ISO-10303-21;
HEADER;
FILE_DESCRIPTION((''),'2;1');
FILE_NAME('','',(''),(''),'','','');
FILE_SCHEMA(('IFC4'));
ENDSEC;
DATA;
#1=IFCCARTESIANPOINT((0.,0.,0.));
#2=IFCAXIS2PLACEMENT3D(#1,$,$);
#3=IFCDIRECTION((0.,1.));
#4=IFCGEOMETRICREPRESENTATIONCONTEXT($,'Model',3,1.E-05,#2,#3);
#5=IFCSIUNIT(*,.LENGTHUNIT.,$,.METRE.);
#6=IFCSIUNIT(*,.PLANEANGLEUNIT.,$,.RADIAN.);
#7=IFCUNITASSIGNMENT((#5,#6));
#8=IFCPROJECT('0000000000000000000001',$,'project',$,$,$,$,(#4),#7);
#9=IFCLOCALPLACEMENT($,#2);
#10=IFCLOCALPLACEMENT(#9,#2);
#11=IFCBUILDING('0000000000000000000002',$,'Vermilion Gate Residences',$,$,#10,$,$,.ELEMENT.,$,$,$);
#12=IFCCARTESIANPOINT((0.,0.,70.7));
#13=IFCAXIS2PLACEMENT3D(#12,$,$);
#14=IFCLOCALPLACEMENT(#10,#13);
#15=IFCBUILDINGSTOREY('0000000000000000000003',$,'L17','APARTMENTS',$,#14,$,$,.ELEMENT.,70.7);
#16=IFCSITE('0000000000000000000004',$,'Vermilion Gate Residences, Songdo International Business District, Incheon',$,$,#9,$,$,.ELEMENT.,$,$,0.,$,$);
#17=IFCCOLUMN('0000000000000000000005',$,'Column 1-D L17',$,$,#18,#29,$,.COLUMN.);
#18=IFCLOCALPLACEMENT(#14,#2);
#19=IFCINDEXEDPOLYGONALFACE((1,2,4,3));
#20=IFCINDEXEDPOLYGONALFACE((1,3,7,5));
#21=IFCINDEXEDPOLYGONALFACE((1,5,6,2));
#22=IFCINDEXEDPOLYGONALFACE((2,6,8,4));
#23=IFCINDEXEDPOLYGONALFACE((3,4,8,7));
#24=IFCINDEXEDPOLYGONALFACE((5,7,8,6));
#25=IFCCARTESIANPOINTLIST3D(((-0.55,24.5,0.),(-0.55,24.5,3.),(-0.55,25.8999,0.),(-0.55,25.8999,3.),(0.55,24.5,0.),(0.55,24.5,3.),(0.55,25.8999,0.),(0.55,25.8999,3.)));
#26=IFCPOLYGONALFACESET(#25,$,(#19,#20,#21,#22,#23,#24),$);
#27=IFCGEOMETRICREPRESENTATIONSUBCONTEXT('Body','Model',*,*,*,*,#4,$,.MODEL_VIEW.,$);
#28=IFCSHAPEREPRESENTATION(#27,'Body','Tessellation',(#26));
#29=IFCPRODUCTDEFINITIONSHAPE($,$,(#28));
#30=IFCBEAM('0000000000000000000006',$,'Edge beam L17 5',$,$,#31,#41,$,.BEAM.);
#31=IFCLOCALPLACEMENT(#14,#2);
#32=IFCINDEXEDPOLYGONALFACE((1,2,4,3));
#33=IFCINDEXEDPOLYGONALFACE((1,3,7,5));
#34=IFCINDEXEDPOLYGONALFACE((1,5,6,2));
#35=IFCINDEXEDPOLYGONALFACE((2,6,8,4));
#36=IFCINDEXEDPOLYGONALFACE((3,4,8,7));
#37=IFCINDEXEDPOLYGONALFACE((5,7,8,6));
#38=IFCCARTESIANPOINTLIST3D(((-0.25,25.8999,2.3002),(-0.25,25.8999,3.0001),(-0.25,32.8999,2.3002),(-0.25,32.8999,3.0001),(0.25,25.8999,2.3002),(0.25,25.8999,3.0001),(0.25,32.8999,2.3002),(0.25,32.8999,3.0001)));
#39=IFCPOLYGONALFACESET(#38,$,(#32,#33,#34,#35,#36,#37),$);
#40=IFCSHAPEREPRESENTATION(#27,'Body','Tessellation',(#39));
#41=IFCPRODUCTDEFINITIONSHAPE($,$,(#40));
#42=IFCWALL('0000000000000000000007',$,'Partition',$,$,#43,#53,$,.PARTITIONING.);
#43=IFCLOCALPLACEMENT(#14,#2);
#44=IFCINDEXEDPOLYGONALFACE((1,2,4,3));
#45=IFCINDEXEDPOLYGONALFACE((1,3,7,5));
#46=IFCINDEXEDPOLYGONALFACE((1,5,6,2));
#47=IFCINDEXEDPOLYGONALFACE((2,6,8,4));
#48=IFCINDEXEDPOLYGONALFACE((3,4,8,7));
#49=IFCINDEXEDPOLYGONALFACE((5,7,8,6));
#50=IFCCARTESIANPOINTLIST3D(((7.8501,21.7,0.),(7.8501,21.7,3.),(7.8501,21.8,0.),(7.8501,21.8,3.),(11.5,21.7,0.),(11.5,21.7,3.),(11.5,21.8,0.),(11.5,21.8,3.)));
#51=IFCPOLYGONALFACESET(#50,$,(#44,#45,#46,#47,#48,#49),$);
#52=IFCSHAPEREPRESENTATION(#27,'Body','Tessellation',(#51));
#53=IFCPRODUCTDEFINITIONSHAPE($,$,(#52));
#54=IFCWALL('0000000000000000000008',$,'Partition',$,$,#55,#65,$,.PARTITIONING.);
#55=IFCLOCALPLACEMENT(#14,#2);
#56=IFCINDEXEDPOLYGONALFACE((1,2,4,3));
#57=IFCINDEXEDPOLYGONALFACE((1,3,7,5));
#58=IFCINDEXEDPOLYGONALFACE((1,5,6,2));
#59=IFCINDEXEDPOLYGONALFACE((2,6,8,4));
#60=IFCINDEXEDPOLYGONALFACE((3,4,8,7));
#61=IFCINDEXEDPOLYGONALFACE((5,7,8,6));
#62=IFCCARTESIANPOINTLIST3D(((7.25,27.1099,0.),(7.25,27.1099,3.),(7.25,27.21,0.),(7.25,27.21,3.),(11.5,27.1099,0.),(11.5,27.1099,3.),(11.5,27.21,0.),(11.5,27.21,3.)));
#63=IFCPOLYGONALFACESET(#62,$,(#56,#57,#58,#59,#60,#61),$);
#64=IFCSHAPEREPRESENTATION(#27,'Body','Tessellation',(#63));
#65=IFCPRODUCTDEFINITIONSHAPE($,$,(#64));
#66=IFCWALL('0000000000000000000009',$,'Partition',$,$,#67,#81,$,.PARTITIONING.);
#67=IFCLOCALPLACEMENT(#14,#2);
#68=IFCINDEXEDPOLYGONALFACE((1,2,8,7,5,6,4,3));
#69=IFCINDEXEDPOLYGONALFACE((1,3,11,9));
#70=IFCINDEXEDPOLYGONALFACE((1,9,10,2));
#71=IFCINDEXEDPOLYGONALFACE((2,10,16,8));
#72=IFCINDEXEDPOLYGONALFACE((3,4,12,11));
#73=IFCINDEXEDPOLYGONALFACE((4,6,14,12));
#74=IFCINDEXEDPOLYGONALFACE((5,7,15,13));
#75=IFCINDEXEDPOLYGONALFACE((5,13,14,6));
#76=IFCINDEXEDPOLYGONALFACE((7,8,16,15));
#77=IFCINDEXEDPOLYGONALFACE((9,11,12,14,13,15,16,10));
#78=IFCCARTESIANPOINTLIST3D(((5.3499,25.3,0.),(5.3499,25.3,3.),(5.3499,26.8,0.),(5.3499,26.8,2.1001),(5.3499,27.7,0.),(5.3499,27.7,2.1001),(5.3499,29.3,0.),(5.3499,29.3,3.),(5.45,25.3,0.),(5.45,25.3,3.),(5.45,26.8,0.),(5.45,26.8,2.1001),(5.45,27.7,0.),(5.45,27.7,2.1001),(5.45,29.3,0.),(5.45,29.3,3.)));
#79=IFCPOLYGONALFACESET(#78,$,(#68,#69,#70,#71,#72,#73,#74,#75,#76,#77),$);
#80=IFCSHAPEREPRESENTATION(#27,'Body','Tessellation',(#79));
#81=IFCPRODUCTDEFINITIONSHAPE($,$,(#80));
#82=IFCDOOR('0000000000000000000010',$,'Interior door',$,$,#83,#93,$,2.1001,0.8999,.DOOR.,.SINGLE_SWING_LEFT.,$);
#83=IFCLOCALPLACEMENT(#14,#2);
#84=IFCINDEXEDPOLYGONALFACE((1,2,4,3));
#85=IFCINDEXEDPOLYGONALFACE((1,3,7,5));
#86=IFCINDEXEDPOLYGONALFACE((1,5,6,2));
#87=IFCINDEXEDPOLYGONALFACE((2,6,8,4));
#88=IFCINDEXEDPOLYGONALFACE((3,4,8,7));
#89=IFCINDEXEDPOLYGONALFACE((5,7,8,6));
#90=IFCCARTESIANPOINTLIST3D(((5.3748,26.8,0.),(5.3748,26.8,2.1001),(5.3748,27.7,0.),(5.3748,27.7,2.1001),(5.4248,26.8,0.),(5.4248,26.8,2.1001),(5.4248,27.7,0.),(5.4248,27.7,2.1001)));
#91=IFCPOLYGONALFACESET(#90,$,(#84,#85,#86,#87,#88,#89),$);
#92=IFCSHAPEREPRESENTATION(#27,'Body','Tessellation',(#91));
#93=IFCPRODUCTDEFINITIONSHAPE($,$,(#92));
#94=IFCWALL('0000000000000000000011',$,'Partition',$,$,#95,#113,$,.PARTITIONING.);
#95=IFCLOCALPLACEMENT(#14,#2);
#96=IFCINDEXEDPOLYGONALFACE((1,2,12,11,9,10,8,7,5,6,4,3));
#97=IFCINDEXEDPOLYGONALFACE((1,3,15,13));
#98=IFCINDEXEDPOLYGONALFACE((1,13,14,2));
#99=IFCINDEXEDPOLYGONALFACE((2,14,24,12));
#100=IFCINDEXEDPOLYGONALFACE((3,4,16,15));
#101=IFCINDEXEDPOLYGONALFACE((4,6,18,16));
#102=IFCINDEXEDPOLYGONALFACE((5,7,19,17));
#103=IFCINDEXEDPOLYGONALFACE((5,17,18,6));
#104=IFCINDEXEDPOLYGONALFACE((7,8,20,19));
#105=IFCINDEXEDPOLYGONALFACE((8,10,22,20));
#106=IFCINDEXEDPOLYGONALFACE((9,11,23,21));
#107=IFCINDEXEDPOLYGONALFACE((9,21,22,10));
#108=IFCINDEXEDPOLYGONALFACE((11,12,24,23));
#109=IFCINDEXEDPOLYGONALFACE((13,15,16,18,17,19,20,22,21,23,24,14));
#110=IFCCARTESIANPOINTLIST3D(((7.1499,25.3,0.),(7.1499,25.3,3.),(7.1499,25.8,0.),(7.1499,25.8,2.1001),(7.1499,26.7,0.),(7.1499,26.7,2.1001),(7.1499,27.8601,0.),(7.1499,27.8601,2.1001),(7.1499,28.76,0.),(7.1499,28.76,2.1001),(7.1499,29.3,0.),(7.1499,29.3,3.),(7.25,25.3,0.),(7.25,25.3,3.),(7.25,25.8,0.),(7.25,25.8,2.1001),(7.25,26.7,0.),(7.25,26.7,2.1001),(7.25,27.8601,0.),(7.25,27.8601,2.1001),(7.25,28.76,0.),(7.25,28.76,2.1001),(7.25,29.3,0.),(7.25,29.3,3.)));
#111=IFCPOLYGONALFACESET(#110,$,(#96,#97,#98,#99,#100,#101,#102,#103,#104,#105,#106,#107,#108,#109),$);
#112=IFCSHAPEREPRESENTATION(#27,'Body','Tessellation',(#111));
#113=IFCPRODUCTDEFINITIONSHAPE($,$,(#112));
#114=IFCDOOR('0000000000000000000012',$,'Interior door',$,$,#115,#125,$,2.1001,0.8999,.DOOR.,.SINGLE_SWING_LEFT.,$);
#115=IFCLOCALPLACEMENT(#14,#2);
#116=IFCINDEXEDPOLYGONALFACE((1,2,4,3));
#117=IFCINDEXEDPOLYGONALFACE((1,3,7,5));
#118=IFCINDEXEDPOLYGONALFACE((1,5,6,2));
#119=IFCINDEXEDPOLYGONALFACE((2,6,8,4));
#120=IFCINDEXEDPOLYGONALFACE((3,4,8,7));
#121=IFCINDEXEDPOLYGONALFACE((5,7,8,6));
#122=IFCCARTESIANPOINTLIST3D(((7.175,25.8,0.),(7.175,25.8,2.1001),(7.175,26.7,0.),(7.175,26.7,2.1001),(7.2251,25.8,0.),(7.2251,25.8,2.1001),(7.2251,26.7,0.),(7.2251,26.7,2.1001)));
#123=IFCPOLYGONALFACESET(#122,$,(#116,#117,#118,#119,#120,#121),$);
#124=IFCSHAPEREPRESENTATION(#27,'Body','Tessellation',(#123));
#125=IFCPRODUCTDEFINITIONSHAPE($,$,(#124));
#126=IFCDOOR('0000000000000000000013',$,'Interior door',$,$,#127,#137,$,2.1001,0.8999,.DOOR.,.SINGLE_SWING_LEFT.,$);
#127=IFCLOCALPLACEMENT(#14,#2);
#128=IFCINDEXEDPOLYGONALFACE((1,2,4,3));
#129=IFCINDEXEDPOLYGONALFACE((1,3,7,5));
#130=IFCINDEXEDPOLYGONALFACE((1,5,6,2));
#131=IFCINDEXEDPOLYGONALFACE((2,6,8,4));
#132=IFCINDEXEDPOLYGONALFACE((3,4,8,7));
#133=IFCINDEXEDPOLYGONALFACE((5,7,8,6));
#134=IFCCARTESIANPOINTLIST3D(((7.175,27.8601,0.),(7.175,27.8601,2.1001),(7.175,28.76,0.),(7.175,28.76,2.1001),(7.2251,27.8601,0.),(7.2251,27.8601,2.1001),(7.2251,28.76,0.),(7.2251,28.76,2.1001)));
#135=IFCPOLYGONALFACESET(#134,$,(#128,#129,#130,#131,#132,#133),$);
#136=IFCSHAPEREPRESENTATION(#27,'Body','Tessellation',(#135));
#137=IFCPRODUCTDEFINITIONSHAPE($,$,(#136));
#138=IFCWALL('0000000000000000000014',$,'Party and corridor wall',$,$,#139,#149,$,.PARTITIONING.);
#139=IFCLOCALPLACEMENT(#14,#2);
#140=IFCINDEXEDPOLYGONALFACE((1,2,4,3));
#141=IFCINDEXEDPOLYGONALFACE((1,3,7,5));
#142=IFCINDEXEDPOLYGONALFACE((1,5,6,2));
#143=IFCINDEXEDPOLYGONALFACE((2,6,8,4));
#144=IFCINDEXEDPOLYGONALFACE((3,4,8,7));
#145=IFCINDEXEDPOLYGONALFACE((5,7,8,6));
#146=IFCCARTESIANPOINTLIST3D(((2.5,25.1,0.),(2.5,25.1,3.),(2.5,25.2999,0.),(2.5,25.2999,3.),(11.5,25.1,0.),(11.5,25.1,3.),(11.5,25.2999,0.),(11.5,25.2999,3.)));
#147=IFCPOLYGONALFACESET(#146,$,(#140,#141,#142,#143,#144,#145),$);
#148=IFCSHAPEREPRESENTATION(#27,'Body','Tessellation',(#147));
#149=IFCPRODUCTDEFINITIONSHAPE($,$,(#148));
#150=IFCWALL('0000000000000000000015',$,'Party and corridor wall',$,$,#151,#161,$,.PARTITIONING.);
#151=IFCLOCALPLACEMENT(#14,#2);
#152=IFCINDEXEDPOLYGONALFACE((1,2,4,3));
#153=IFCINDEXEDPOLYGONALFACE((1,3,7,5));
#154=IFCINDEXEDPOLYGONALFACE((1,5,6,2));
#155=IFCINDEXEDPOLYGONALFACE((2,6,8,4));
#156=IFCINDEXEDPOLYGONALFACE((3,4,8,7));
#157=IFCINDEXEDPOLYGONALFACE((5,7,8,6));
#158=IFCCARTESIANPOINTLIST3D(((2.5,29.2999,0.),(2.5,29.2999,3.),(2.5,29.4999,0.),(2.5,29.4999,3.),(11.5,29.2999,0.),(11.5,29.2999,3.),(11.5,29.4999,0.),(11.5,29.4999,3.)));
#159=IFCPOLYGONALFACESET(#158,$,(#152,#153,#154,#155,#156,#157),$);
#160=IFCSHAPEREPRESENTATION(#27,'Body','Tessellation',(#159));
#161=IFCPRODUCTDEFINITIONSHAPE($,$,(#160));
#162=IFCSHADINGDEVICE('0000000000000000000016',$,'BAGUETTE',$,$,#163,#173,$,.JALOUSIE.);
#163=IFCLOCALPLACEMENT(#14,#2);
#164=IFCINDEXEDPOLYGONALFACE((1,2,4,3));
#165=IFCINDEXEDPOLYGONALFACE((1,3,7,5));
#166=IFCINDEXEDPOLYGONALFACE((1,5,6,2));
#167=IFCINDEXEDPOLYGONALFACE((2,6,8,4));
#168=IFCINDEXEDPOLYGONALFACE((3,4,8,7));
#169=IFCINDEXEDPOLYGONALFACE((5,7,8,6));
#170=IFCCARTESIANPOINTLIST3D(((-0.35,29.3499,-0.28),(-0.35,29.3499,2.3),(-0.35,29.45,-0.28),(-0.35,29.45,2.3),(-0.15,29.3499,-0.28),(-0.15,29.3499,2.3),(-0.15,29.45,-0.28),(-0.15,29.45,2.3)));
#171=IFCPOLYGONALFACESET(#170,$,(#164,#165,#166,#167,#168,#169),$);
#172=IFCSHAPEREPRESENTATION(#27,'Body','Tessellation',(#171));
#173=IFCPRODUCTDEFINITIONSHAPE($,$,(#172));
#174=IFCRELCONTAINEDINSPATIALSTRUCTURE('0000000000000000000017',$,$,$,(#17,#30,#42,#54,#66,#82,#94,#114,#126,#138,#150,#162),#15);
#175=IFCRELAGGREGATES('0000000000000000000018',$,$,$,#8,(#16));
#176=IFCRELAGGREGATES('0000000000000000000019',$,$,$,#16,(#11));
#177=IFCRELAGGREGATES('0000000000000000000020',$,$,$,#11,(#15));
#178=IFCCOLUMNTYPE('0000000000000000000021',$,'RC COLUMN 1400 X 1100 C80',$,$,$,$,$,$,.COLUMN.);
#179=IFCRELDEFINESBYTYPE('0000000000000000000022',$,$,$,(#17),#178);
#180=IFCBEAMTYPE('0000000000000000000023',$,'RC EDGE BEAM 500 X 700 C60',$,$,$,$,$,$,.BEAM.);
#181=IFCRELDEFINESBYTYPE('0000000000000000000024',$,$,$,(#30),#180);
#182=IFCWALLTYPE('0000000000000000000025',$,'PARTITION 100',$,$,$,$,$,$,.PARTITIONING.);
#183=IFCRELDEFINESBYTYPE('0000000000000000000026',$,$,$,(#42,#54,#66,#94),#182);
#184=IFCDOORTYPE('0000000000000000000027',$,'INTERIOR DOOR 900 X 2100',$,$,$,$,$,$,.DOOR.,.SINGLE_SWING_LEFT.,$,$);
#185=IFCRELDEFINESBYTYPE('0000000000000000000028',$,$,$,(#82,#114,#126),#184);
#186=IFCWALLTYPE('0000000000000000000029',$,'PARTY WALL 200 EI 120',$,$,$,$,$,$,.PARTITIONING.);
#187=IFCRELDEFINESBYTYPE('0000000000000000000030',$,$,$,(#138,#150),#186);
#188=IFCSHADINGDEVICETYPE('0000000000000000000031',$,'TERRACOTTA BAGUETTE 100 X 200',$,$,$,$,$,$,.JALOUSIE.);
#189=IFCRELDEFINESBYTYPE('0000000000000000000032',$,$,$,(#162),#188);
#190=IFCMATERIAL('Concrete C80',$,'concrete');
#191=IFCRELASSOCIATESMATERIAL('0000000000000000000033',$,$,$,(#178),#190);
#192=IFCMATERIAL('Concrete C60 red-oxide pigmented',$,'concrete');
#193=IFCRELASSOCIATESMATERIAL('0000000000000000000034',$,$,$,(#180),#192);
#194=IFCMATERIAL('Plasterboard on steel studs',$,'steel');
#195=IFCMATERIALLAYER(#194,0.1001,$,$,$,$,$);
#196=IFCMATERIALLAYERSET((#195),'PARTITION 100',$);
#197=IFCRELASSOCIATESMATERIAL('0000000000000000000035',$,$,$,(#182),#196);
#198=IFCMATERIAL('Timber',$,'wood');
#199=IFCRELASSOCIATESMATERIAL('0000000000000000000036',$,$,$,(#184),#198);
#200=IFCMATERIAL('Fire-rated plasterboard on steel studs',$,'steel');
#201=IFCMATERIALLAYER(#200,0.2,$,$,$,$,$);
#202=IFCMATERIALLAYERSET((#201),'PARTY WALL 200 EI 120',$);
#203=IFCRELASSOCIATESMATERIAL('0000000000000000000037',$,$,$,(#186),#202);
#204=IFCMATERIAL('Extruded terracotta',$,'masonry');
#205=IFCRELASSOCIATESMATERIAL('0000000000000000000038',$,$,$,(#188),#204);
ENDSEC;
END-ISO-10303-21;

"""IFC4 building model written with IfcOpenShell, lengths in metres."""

from ifc_helpers import new_model, si_unit, direction, frame, frame_2d, origin, origin_2d, place, context, subcontext, project, spatial, rectangle, extrude, material, layer, layer_set, material_profile, profile_set, type_object, element, fill, save


model = new_model("IFC4")

# Units and contexts
model_context = context("Model", 3, precision=1e-05, world=origin(), true_north=direction((0.0, 1.0)))
body_context = subcontext(model_context, "Body", "Model", "MODEL_VIEW")
ifc_project = project(units=[si_unit("LENGTHUNIT", "METRE"), si_unit("PLANEANGLEUNIT", "RADIAN")], contexts=[model_context])

# Site, building, storey
site_placement = place(None, origin())
site = spatial("IfcSite", under=ifc_project, at=site_placement, Name="Vermilion Gate Residences, Songdo International Business District, Incheon", CompositionType="ELEMENT", RefElevation=0.0)
building_placement = place(site_placement, origin())
building = spatial("IfcBuilding", under=site, at=building_placement, Name="Vermilion Gate Residences", CompositionType="ELEMENT")
storey_placement = place(building_placement, frame((0.0, 0.0, 70.7)))
storey = spatial("IfcBuildingStorey", under=building, at=storey_placement, Name="L17", Description="APARTMENTS", CompositionType="ELEMENT", Elevation=70.7)

# Column
ifc_material_1 = material(Name="Concrete C80", Category="concrete")
ifc_material_profile_1 = material_profile(ifc_material_1, rectangle(XDim=1.3999, YDim=1.1001, at=origin_2d()), Name="RC-1400x1100")
ifc_profile_set_1 = profile_set([ifc_material_profile_1], Name="Concrete C80")
column_type = type_object("IfcColumnType", Name="RC COLUMN 1400 X 1100 C80", PredefinedType="COLUMN", material=ifc_profile_set_1)
column_placement = place(storey_placement, frame((0.0, 25.2, 0.0), z_axis=(0.0, 0.0, 1.0), x_axis=(0.0, 1.0, 0.0)))
element("IfcColumn", 1, at=column_placement, inside=storey, type_object=column_type, Name="Column 1-D L17", PredefinedType="COLUMN", context=body_context, shape_type="SweptSolid", body=[
    extrude(rectangle(XDim=1.3999, YDim=1.1001, at=origin_2d()), origin(), (0.0, 0.0, 1.0), 3.0),
])

# Beam
ifc_material_2 = material(Name="Concrete C60 red-oxide pigmented", Category="concrete")
ifc_material_profile_2 = material_profile(ifc_material_2, rectangle(XDim=0.5, YDim=0.7, at=origin_2d()), Name="RC-500x700")
ifc_profile_set_2 = profile_set([ifc_material_profile_2], Name="Concrete C60 red-oxide pigmented")
beam_type = type_object("IfcBeamType", Name="RC EDGE BEAM 500 X 700 C60", PredefinedType="BEAM", material=ifc_profile_set_2)
beam_placement = place(storey_placement, frame((0.0, 25.8999, 2.6501), z_axis=(0.0, 1.0, 0.0), x_axis=(-1.0, 0.0, 0.0)))
element("IfcBeam", 2, at=beam_placement, inside=storey, type_object=beam_type, Name="Edge beam L17 5", PredefinedType="BEAM", context=body_context, shape_type="SweptSolid", body=[
    extrude(rectangle(XDim=0.5, YDim=0.7, at=origin_2d()), origin(), (0.0, 0.0, 1.0), 7.0),
])

# Walls
ifc_material_3 = material(Name="Plasterboard on steel studs", Category="steel")
ifc_layer_1 = layer(ifc_material_3, 0.1001)
ifc_layer_set_1 = layer_set([ifc_layer_1], Name="PARTITION 100")
wall_type_1 = type_object("IfcWallType", Name="PARTITION 100", PredefinedType="PARTITIONING", material=ifc_layer_set_1)
wall_1_placement = place(storey_placement, frame((7.8501, 21.75, 0.0), z_axis=(0.0, 0.0, 1.0), x_axis=(1.0, 0.0, 0.0)))
element("IfcWall", 3, at=wall_1_placement, inside=storey, type_object=wall_type_1, Name="Partition", PredefinedType="PARTITIONING", context=body_context, shape_type="SweptSolid", body=[
    extrude(rectangle(XDim=3.6499, YDim=0.1001, at=frame_2d((1.825, 0.0))), origin(), (0.0, 0.0, 1.0), 3.0),
])
wall_2_placement = place(storey_placement, frame((7.25, 27.1599, 0.0), z_axis=(0.0, 0.0, 1.0), x_axis=(1.0, 0.0, 0.0)))
element("IfcWall", 4, at=wall_2_placement, inside=storey, type_object=wall_type_1, Name="Partition", PredefinedType="PARTITIONING", context=body_context, shape_type="SweptSolid", body=[
    extrude(rectangle(XDim=4.25, YDim=0.1001, at=frame_2d((2.125, 0.0))), origin(), (0.0, 0.0, 1.0), 3.0),
])

# Wall, opening, door
wall_3_placement = place(storey_placement, frame((5.3999, 25.3, 0.0), z_axis=(0.0, 0.0, 1.0), x_axis=(0.0, 1.0, 0.0)))
wall_3 = element("IfcWall", 5, at=wall_3_placement, inside=storey, type_object=wall_type_1, Name="Partition", PredefinedType="PARTITIONING", context=body_context, shape_type="SweptSolid", body=[
    extrude(rectangle(XDim=4.0, YDim=0.1001, at=frame_2d((2.0, 0.0))), origin(), (0.0, 0.0, 1.0), 3.0),
])
opening_1_placement = place(wall_3_placement, frame((1.5, 0.0, 0.0)))
opening_1 = element("IfcOpeningElement", 6, at=opening_1_placement, cuts=wall_3, PredefinedType="OPENING", context=body_context, shape_type="SweptSolid", body=[
    extrude(rectangle(XDim=0.8999, YDim=2.1001, at=frame_2d((0.45, 1.05))), frame((0.0, 0.0601, 0.0), z_axis=(0.0, -1.0, 0.0), x_axis=(1.0, 0.0, 0.0)), (0.0, 0.0, 1.0), 0.1201),
])
ifc_material_4 = material(Name="Timber", Category="wood")
door_type = type_object("IfcDoorType", Name="INTERIOR DOOR 900 X 2100", OperationType="SINGLE_SWING_LEFT", PredefinedType="DOOR", material=ifc_material_4)
door_1_placement = place(opening_1_placement, frame((0.8999, 0.0, 0.0), z_axis=(0.0, 0.0, 1.0), x_axis=(-1.0, 0.0, 0.0)))
door_1 = element("IfcDoor", 7, at=door_1_placement, inside=storey, type_object=door_type, Name="Interior door", OperationType="SINGLE_SWING_LEFT", OverallHeight=2.1001, OverallWidth=0.8999, PredefinedType="DOOR", context=body_context, shape_type="SweptSolid", body=[
    extrude(rectangle(XDim=0.8999, YDim=2.1001, at=frame_2d((0.45, 1.05))), frame((0.0, 0.0249, 0.0), z_axis=(0.0, -1.0, 0.0), x_axis=(1.0, 0.0, 0.0)), (0.0, 0.0, 1.0), 0.05),
])
fill(opening_1, door_1)

# Wall, openings, doors
wall_4_placement = place(storey_placement, frame((7.2, 25.3, 0.0), z_axis=(0.0, 0.0, 1.0), x_axis=(0.0, 1.0, 0.0)))
wall_4 = element("IfcWall", 8, at=wall_4_placement, inside=storey, type_object=wall_type_1, Name="Partition", PredefinedType="PARTITIONING", context=body_context, shape_type="SweptSolid", body=[
    extrude(rectangle(XDim=4.0, YDim=0.1001, at=frame_2d((2.0, 0.0))), origin(), (0.0, 0.0, 1.0), 3.0),
])
opening_2_placement = place(wall_4_placement, frame((0.5, 0.0, 0.0)))
opening_2 = element("IfcOpeningElement", 9, at=opening_2_placement, cuts=wall_4, PredefinedType="OPENING", context=body_context, shape_type="SweptSolid", body=[
    extrude(rectangle(XDim=0.8999, YDim=2.1001, at=frame_2d((0.45, 1.05))), frame((0.0, 0.0601, 0.0), z_axis=(0.0, -1.0, 0.0), x_axis=(1.0, 0.0, 0.0)), (0.0, 0.0, 1.0), 0.1201),
])
opening_3_placement = place(wall_4_placement, frame((2.5601, 0.0, 0.0)))
opening_3 = element("IfcOpeningElement", 10, at=opening_3_placement, cuts=wall_4, PredefinedType="OPENING", context=body_context, shape_type="SweptSolid", body=[
    extrude(rectangle(XDim=0.8999, YDim=2.1001, at=frame_2d((0.45, 1.05))), frame((0.0, 0.0601, 0.0), z_axis=(0.0, -1.0, 0.0), x_axis=(1.0, 0.0, 0.0)), (0.0, 0.0, 1.0), 0.1201),
])
door_2_placement = place(opening_2_placement, origin())
door_2 = element("IfcDoor", 11, at=door_2_placement, inside=storey, type_object=door_type, Name="Interior door", OperationType="SINGLE_SWING_LEFT", OverallHeight=2.1001, OverallWidth=0.8999, PredefinedType="DOOR", context=body_context, shape_type="SweptSolid", body=[
    extrude(rectangle(XDim=0.8999, YDim=2.1001, at=frame_2d((0.45, 1.05))), frame((0.0, 0.0249, 0.0), z_axis=(0.0, -1.0, 0.0), x_axis=(1.0, 0.0, 0.0)), (0.0, 0.0, 1.0), 0.05),
])
fill(opening_2, door_2)
door_3_placement = place(opening_3_placement, origin())
door_3 = element("IfcDoor", 12, at=door_3_placement, inside=storey, type_object=door_type, Name="Interior door", OperationType="SINGLE_SWING_LEFT", OverallHeight=2.1001, OverallWidth=0.8999, PredefinedType="DOOR", context=body_context, shape_type="SweptSolid", body=[
    extrude(rectangle(XDim=0.8999, YDim=2.1001, at=frame_2d((0.45, 1.05))), frame((0.0, 0.0249, 0.0), z_axis=(0.0, -1.0, 0.0), x_axis=(1.0, 0.0, 0.0)), (0.0, 0.0, 1.0), 0.05),
])
fill(opening_3, door_3)

# Walls
ifc_material_5 = material(Name="Fire-rated plasterboard on steel studs", Category="steel")
ifc_layer_2 = layer(ifc_material_5, 0.2)
ifc_layer_set_2 = layer_set([ifc_layer_2], Name="PARTY WALL 200 EI 120")
wall_type_2 = type_object("IfcWallType", Name="PARTY WALL 200 EI 120", PredefinedType="PARTITIONING", material=ifc_layer_set_2)
for number, where, z_axis, x_axis, name in (
    (13, (2.5, 25.2, 0.0), (0.0, 0.0, 1.0), (1.0, 0.0, 0.0), "Party and corridor wall"),
    (14, (2.5, 29.3999, 0.0), (0.0, 0.0, 1.0), (1.0, 0.0, 0.0), "Party and corridor wall"),
):
    element("IfcWall", number, at=place(storey_placement, frame(where, z_axis=z_axis, x_axis=x_axis)), inside=storey, type_object=wall_type_2, Name=name, PredefinedType="PARTITIONING", context=body_context, shape_type="SweptSolid", body=[
        extrude(rectangle(XDim=9.0, YDim=0.2, at=frame_2d((4.5, 0.0))), origin(), (0.0, 0.0, 1.0), 3.0),
    ])

# Shading device
ifc_material_6 = material(Name="Extruded terracotta", Category="masonry")
ifc_material_profile_3 = material_profile(ifc_material_6, rectangle(XDim=0.2, YDim=0.1001, at=origin_2d()), Name="BAGUETTE 100 X 200")
ifc_profile_set_3 = profile_set([ifc_material_profile_3], Name="Extruded terracotta")
shading_device_type = type_object("IfcShadingDeviceType", Name="TERRACOTTA BAGUETTE 100 X 200", PredefinedType="JALOUSIE", material=ifc_profile_set_3)
shading_device_placement = place(storey_placement, frame((-0.25, 29.3999, -0.28), z_axis=(0.0, 0.0, 1.0), x_axis=(1.0, 0.0, 0.0)))
element("IfcShadingDevice", 15, at=shading_device_placement, inside=storey, type_object=shading_device_type, Name="BAGUETTE", PredefinedType="JALOUSIE", context=body_context, shape_type="SweptSolid", body=[
    extrude(rectangle(XDim=0.2, YDim=0.1001, at=origin_2d()), origin(), (0.0, 0.0, 1.0), 2.5801),
])

save(model, "model.ifc")
